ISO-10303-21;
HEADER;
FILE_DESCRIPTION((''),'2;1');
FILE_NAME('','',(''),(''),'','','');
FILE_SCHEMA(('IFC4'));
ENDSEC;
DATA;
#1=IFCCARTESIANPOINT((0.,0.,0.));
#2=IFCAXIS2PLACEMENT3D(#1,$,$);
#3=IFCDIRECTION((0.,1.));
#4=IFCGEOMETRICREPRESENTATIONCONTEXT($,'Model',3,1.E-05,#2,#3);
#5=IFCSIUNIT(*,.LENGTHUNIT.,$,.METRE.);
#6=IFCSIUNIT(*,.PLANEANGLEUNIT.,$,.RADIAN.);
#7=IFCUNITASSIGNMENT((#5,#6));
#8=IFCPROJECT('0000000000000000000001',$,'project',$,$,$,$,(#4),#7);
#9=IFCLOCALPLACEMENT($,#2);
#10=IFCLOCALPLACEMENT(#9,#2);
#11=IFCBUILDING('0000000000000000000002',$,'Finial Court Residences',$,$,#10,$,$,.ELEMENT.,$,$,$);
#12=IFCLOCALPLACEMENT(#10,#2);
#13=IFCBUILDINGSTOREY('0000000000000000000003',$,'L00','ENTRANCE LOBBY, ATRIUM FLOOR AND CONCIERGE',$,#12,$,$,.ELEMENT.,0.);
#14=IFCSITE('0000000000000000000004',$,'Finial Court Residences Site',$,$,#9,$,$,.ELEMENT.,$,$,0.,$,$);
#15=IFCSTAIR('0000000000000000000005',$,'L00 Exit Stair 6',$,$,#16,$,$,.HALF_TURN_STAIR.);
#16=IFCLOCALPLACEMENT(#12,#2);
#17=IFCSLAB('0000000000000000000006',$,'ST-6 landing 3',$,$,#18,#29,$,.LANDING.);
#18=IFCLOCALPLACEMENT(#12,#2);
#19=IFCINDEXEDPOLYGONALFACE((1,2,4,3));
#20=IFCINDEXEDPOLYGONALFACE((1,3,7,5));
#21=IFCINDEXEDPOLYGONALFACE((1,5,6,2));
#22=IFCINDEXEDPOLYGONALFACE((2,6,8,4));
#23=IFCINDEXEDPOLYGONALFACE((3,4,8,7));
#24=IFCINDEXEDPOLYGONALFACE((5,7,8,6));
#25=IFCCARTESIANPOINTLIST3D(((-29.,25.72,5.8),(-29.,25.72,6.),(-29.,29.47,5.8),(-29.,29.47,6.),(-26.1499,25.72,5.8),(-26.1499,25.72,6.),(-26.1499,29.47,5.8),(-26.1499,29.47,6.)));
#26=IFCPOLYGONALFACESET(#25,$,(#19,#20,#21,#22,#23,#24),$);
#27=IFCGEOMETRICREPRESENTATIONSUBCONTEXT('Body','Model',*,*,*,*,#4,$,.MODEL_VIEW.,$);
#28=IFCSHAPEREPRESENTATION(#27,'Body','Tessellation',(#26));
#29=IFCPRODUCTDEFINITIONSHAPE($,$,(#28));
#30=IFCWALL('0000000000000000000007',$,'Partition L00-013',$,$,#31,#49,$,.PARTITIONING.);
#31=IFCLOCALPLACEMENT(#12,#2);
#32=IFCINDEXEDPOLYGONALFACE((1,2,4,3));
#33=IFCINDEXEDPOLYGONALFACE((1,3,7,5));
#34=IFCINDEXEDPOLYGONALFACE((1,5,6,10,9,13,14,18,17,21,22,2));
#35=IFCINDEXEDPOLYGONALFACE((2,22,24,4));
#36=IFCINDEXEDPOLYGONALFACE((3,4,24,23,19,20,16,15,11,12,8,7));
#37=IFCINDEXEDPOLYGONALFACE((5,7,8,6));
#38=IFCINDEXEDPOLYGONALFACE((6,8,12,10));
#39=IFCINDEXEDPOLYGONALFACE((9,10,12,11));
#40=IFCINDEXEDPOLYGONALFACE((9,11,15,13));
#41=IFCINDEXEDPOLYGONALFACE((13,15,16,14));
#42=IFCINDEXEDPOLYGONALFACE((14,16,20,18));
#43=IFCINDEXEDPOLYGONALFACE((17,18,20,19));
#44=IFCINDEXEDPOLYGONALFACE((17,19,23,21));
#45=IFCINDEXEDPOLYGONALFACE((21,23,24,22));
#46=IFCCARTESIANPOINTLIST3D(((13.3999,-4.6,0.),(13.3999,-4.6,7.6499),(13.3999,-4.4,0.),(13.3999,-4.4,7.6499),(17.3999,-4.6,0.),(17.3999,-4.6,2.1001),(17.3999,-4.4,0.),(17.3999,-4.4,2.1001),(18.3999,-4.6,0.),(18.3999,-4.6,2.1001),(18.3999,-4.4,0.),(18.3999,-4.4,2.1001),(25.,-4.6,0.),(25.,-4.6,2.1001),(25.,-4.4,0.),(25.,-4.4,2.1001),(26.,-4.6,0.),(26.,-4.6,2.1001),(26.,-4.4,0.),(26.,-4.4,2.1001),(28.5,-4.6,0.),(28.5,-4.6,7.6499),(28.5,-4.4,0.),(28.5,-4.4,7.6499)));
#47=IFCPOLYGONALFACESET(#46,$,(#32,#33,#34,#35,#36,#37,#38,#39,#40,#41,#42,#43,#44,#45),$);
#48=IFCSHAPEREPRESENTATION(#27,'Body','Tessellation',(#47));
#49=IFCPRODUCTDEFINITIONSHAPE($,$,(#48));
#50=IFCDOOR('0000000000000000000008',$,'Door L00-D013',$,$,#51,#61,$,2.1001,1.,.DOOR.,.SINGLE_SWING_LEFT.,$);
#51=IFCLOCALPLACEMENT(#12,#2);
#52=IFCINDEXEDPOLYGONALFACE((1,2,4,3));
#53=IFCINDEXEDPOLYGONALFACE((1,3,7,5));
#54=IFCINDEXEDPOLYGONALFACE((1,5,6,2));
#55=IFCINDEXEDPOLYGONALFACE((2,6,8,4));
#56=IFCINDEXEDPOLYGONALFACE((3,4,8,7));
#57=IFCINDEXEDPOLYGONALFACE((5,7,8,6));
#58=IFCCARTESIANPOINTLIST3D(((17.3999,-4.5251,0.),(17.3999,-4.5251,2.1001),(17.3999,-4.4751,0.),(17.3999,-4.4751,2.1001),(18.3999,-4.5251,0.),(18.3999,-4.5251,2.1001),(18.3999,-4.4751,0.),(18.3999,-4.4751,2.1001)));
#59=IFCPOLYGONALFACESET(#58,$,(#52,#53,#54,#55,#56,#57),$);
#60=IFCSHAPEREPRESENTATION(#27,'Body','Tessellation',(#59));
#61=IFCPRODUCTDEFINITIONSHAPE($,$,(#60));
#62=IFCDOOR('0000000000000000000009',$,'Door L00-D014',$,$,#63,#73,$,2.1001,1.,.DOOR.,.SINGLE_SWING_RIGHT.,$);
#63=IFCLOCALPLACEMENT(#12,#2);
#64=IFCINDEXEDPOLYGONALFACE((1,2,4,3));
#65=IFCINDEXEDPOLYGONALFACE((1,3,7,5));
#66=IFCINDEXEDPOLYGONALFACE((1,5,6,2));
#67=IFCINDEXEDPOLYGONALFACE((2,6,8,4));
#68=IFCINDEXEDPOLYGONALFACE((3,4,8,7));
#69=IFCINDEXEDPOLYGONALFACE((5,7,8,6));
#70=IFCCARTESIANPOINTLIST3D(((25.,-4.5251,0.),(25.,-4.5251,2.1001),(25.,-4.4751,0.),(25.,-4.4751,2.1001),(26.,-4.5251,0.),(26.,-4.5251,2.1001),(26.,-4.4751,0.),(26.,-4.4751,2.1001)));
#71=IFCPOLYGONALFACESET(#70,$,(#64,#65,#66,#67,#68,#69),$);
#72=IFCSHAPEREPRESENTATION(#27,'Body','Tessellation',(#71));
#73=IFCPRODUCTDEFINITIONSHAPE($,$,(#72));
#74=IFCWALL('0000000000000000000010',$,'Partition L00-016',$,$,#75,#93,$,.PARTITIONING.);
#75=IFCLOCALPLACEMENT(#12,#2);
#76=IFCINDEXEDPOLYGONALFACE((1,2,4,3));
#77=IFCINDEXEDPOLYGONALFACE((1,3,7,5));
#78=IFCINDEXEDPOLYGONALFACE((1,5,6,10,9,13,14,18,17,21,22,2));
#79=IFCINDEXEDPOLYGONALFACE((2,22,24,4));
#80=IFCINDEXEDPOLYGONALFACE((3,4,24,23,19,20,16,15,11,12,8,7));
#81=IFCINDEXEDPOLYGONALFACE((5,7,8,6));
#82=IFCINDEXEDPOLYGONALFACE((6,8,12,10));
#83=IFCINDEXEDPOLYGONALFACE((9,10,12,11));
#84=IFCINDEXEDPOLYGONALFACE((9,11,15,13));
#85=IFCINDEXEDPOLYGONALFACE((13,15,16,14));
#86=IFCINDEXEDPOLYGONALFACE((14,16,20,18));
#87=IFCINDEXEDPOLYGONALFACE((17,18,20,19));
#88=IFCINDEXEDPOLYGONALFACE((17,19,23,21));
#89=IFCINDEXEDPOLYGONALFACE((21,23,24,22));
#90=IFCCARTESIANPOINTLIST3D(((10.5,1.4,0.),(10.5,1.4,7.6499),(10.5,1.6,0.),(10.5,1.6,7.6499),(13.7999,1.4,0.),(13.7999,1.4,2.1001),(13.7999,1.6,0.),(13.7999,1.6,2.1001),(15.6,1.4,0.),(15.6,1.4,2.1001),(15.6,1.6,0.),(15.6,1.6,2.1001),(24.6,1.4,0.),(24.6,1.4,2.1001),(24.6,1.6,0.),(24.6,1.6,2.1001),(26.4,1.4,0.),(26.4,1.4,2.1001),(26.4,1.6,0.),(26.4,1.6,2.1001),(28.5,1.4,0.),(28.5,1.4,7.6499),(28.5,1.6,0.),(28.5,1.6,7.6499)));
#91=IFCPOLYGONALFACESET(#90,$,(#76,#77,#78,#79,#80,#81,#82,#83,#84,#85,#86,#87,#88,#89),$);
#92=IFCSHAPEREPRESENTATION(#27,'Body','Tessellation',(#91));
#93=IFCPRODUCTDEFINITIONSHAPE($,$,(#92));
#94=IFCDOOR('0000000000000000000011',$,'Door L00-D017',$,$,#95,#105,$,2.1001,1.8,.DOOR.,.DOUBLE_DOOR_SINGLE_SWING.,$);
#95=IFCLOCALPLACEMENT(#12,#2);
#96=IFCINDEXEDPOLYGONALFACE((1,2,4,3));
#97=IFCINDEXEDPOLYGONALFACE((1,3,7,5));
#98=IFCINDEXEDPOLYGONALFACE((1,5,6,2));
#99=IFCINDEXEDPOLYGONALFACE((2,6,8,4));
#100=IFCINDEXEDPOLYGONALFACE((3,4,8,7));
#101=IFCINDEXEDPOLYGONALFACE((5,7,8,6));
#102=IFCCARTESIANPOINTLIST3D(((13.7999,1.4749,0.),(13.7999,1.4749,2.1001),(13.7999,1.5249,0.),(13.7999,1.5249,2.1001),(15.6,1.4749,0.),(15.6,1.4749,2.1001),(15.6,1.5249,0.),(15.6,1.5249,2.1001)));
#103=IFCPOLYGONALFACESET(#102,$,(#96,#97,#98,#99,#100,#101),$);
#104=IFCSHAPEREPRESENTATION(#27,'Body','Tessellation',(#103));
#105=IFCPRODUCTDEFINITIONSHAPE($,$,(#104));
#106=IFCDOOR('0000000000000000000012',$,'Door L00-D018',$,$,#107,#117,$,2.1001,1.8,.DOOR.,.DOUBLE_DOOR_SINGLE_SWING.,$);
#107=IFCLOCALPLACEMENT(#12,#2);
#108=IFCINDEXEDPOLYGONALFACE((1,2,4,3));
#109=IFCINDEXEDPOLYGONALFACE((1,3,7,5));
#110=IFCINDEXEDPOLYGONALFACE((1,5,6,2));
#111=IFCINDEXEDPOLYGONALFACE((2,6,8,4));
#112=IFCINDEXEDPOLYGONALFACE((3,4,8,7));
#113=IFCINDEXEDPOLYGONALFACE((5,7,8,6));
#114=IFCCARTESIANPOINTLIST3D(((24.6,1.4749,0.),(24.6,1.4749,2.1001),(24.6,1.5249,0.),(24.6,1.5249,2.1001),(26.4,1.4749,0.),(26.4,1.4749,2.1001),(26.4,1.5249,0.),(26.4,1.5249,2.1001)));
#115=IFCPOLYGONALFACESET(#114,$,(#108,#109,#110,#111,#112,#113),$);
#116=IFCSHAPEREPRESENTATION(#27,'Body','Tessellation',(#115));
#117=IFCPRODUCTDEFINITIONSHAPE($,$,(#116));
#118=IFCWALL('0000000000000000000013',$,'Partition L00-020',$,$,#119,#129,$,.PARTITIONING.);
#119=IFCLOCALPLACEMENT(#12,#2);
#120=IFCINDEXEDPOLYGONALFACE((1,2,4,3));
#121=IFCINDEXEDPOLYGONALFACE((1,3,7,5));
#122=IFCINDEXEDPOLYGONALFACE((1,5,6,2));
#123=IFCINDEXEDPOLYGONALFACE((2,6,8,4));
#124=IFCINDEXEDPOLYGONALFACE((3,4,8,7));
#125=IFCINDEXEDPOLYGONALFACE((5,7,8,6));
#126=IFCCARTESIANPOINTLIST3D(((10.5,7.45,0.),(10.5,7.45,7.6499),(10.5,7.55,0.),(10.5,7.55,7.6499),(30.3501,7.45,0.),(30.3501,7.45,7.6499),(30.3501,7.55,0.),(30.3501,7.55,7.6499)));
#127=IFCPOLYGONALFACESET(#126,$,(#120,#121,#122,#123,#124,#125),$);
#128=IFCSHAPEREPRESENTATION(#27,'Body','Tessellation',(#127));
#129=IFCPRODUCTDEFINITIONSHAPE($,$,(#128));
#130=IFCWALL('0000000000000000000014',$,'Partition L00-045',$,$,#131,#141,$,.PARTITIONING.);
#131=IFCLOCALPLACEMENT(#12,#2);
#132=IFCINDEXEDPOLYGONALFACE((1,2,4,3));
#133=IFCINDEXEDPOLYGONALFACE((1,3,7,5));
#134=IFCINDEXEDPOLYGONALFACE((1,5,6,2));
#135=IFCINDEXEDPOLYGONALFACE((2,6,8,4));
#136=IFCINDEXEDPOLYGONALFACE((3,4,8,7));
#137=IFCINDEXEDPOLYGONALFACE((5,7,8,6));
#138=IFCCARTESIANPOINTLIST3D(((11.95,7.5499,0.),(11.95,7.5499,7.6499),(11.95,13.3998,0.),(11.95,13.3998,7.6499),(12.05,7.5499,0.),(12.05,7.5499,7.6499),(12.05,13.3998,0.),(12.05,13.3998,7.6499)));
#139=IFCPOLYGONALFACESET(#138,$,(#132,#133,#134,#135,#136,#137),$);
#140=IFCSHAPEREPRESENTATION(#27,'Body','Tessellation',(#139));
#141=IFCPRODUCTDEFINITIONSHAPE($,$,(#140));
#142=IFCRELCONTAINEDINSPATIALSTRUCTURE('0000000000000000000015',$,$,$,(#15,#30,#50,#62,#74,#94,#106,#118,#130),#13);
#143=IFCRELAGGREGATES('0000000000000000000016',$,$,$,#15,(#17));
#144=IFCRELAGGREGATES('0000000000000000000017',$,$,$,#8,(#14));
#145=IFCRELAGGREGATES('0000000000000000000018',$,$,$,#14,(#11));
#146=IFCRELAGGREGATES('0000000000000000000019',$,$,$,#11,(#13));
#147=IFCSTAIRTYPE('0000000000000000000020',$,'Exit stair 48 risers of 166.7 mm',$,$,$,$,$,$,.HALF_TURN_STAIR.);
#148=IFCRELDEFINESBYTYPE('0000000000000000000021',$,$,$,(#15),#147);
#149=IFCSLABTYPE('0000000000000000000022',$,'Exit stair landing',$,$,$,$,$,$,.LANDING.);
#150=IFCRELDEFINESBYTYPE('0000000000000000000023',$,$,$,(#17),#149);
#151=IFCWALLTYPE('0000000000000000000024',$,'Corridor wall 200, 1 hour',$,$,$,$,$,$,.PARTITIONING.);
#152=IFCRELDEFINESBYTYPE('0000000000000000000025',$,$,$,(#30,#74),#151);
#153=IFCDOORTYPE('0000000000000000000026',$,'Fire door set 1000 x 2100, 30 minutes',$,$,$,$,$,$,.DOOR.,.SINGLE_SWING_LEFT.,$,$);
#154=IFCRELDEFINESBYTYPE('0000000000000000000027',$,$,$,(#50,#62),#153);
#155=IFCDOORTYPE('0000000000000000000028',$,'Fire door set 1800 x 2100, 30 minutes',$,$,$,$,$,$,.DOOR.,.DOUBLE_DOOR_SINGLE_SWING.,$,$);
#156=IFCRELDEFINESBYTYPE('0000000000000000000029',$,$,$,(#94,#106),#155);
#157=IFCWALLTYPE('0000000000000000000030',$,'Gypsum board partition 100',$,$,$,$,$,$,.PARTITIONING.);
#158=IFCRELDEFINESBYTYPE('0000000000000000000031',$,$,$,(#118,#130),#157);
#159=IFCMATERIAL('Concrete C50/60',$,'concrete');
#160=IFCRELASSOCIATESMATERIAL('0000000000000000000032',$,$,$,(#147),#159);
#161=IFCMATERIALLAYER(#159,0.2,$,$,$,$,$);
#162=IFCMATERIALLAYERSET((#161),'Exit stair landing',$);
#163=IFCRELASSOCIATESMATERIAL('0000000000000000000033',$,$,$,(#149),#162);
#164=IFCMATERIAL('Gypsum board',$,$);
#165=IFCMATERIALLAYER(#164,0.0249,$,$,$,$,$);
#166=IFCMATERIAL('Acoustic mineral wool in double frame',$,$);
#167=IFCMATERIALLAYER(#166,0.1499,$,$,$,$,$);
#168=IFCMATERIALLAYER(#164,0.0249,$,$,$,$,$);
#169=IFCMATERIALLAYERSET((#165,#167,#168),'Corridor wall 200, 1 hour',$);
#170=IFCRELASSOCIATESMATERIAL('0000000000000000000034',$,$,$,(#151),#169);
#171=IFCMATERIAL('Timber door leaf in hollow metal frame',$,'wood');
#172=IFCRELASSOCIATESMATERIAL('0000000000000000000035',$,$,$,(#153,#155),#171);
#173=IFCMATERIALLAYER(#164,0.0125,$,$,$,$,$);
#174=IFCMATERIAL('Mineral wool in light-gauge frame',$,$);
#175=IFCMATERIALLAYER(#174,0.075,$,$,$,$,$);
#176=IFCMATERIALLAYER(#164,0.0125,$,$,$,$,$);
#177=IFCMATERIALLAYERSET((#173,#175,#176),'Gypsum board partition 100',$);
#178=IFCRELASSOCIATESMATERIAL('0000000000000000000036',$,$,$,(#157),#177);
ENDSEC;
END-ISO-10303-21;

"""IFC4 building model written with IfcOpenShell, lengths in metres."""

from ifc_helpers import new_model, si_unit, direction, frame, frame_2d, origin, place, context, subcontext, project, spatial, polyline, rectangle, outline, extrude, material, layer, layer_set, type_object, element, fill, aggregate, save


model = new_model("IFC4")

# Units and contexts
model_context = context("Model", 3, precision=1e-05, world=origin(), true_north=direction((0.0, 1.0)))
body_context = subcontext(model_context, "Body", "Model", "MODEL_VIEW")
ifc_project = project(units=[si_unit("LENGTHUNIT", "METRE"), si_unit("PLANEANGLEUNIT", "RADIAN")], contexts=[model_context])

# Site, building, storey
site_placement = place(None, origin())
site = spatial("IfcSite", under=ifc_project, at=site_placement, Name="Finial Court Residences Site", CompositionType="ELEMENT", RefElevation=0.0)
building_placement = place(site_placement, origin())
building = spatial("IfcBuilding", under=site, at=building_placement, Name="Finial Court Residences", CompositionType="ELEMENT")
storey_placement = place(building_placement, origin())
storey = spatial("IfcBuildingStorey", under=building, at=storey_placement, Name="L00", Description="ENTRANCE LOBBY, ATRIUM FLOOR AND CONCIERGE", CompositionType="ELEMENT", Elevation=0.0)

# Stair, slab
ifc_material_1 = material(Name="Concrete C50/60", Category="concrete")
stair_type = type_object("IfcStairType", Name="Exit stair 48 risers of 166.7 mm", PredefinedType="HALF_TURN_STAIR", material=ifc_material_1)
ifc_layer_1 = layer(ifc_material_1, 0.2)
ifc_layer_set_1 = layer_set([ifc_layer_1], Name="Exit stair landing")
slab_type = type_object("IfcSlabType", Name="Exit stair landing", PredefinedType="LANDING", material=ifc_layer_set_1)
stair_1_placement = place(storey_placement, origin())
stair_1 = element("IfcStair", 1, at=stair_1_placement, inside=storey, type_object=stair_type, Name="L00 Exit Stair 6", PredefinedType="HALF_TURN_STAIR")
slab_1_placement = place(storey_placement, frame((0.0, 0.0, 5.8)))
slab_1 = element("IfcSlab", 2, at=slab_1_placement, type_object=slab_type, Name="ST-6 landing 3", PredefinedType="LANDING", context=body_context, shape_type="SweptSolid", body=[
    extrude(outline(polyline([(-29.0, 29.47), (-29.0, 25.72), (-26.1499, 25.72), (-26.1499, 29.47), (-29.0, 29.47)])), origin(), (0.0, 0.0, 1.0), 0.2),
])
aggregate(stair_1, [slab_1])

# Walls, openings, doors
ifc_material_2 = material(Name="Gypsum board")
ifc_layer_2 = layer(ifc_material_2, 0.0249)
ifc_material_3 = material(Name="Acoustic mineral wool in double frame")
ifc_layer_3 = layer(ifc_material_3, 0.1499)
ifc_layer_4 = layer(ifc_material_2, 0.0249)
ifc_layer_set_2 = layer_set([ifc_layer_2, ifc_layer_3, ifc_layer_4], Name="Corridor wall 200, 1 hour")
wall_type_1 = type_object("IfcWallType", Name="Corridor wall 200, 1 hour", PredefinedType="PARTITIONING", material=ifc_layer_set_2)
wall_1_placement = place(storey_placement, frame((13.3999, -4.5, 0.0), z_axis=(0.0, 0.0, 1.0), x_axis=(1.0, 0.0, 0.0)))
wall_1 = element("IfcWall", 3, at=wall_1_placement, inside=storey, type_object=wall_type_1, Name="Partition L00-013", PredefinedType="PARTITIONING", context=body_context, shape_type="SweptSolid", body=[
    extrude(rectangle(XDim=15.1001, YDim=0.2, at=frame_2d((7.55, 0.0))), origin(), (0.0, 0.0, 1.0), 7.6499),
])
opening_1_placement = place(wall_1_placement, frame((4.0, 0.0, 0.0)))
opening_1 = element("IfcOpeningElement", 4, at=opening_1_placement, cuts=wall_1, PredefinedType="OPENING", context=body_context, shape_type="SweptSolid", body=[
    extrude(rectangle(XDim=1.0, YDim=2.1001, at=frame_2d((0.5, 1.05))), frame((0.0, 0.1099, 0.0), z_axis=(0.0, -1.0, 0.0), x_axis=(1.0, 0.0, 0.0)), (0.0, 0.0, 1.0), 0.22),
])
opening_2_placement = place(wall_1_placement, frame((11.6001, 0.0, 0.0)))
opening_2 = element("IfcOpeningElement", 5, at=opening_2_placement, cuts=wall_1, PredefinedType="OPENING", context=body_context, shape_type="SweptSolid", body=[
    extrude(rectangle(XDim=1.0, YDim=2.1001, at=frame_2d((0.5, 1.05))), frame((0.0, 0.1099, 0.0), z_axis=(0.0, -1.0, 0.0), x_axis=(1.0, 0.0, 0.0)), (0.0, 0.0, 1.0), 0.22),
])
ifc_material_4 = material(Name="Timber door leaf in hollow metal frame", Category="wood")
door_type_1 = type_object("IfcDoorType", Name="Fire door set 1000 x 2100, 30 minutes", OperationType="SINGLE_SWING_LEFT", PredefinedType="DOOR", material=ifc_material_4)
door_1_placement = place(opening_1_placement, origin())
door_1 = element("IfcDoor", 6, at=door_1_placement, inside=storey, type_object=door_type_1, Name="Door L00-D013", OperationType="SINGLE_SWING_LEFT", OverallHeight=2.1001, OverallWidth=1.0, PredefinedType="DOOR", context=body_context, shape_type="SweptSolid", body=[
    extrude(rectangle(XDim=1.0, YDim=2.1001, at=frame_2d((0.5, 1.05))), frame((0.0, 0.0249, 0.0), z_axis=(0.0, -1.0, 0.0), x_axis=(1.0, 0.0, 0.0)), (0.0, 0.0, 1.0), 0.05),
])
fill(opening_1, door_1)
door_2_placement = place(opening_2_placement, origin())
door_2 = element("IfcDoor", 7, at=door_2_placement, inside=storey, type_object=door_type_1, Name="Door L00-D014", OperationType="SINGLE_SWING_RIGHT", OverallHeight=2.1001, OverallWidth=1.0, PredefinedType="DOOR", context=body_context, shape_type="SweptSolid", body=[
    extrude(rectangle(XDim=1.0, YDim=2.1001, at=frame_2d((0.5, 1.05))), frame((0.0, 0.0249, 0.0), z_axis=(0.0, -1.0, 0.0), x_axis=(1.0, 0.0, 0.0)), (0.0, 0.0, 1.0), 0.05),
])
fill(opening_2, door_2)
wall_2_placement = place(storey_placement, frame((10.5, 1.5, 0.0), z_axis=(0.0, 0.0, 1.0), x_axis=(1.0, 0.0, 0.0)))
wall_2 = element("IfcWall", 8, at=wall_2_placement, inside=storey, type_object=wall_type_1, Name="Partition L00-016", PredefinedType="PARTITIONING", context=body_context, shape_type="SweptSolid", body=[
    extrude(rectangle(XDim=18.0, YDim=0.2, at=frame_2d((9.0, 0.0))), origin(), (0.0, 0.0, 1.0), 7.6499),
])
opening_3_placement = place(wall_2_placement, frame((3.3, 0.0, 0.0)))
opening_3 = element("IfcOpeningElement", 9, at=opening_3_placement, cuts=wall_2, PredefinedType="OPENING", context=body_context, shape_type="SweptSolid", body=[
    extrude(rectangle(XDim=1.8, YDim=2.1001, at=frame_2d((0.8999, 1.05))), frame((0.0, 0.1099, 0.0), z_axis=(0.0, -1.0, 0.0), x_axis=(1.0, 0.0, 0.0)), (0.0, 0.0, 1.0), 0.22),
])
opening_4_placement = place(wall_2_placement, frame((14.1001, 0.0, 0.0)))
opening_4 = element("IfcOpeningElement", 10, at=opening_4_placement, cuts=wall_2, PredefinedType="OPENING", context=body_context, shape_type="SweptSolid", body=[
    extrude(rectangle(XDim=1.8, YDim=2.1001, at=frame_2d((0.8999, 1.05))), frame((0.0, 0.1099, 0.0), z_axis=(0.0, -1.0, 0.0), x_axis=(1.0, 0.0, 0.0)), (0.0, 0.0, 1.0), 0.22),
])
door_type_2 = type_object("IfcDoorType", Name="Fire door set 1800 x 2100, 30 minutes", OperationType="DOUBLE_DOOR_SINGLE_SWING", PredefinedType="DOOR", material=ifc_material_4)
door_3_placement = place(opening_3_placement, origin())
door_3 = element("IfcDoor", 11, at=door_3_placement, inside=storey, type_object=door_type_2, Name="Door L00-D017", OperationType="DOUBLE_DOOR_SINGLE_SWING", OverallHeight=2.1001, OverallWidth=1.8, PredefinedType="DOOR", context=body_context, shape_type="SweptSolid", body=[
    extrude(rectangle(XDim=1.8, YDim=2.1001, at=frame_2d((0.8999, 1.05))), frame((0.0, 0.0249, 0.0), z_axis=(0.0, -1.0, 0.0), x_axis=(1.0, 0.0, 0.0)), (0.0, 0.0, 1.0), 0.05),
])
fill(opening_3, door_3)
door_4_placement = place(opening_4_placement, origin())
door_4 = element("IfcDoor", 12, at=door_4_placement, inside=storey, type_object=door_type_2, Name="Door L00-D018", OperationType="DOUBLE_DOOR_SINGLE_SWING", OverallHeight=2.1001, OverallWidth=1.8, PredefinedType="DOOR", context=body_context, shape_type="SweptSolid", body=[
    extrude(rectangle(XDim=1.8, YDim=2.1001, at=frame_2d((0.8999, 1.05))), frame((0.0, 0.0249, 0.0), z_axis=(0.0, -1.0, 0.0), x_axis=(1.0, 0.0, 0.0)), (0.0, 0.0, 1.0), 0.05),
])
fill(opening_4, door_4)

# Walls
ifc_layer_5 = layer(ifc_material_2, 0.0125)
ifc_material_5 = material(Name="Mineral wool in light-gauge frame")
ifc_layer_6 = layer(ifc_material_5, 0.075)
ifc_layer_7 = layer(ifc_material_2, 0.0125)
ifc_layer_set_3 = layer_set([ifc_layer_5, ifc_layer_6, ifc_layer_7], Name="Gypsum board partition 100")
wall_type_2 = type_object("IfcWallType", Name="Gypsum board partition 100", PredefinedType="PARTITIONING", material=ifc_layer_set_3)
wall_3_placement = place(storey_placement, frame((10.5, 7.5, 0.0), z_axis=(0.0, 0.0, 1.0), x_axis=(1.0, 0.0, 0.0)))
element("IfcWall", 13, at=wall_3_placement, inside=storey, type_object=wall_type_2, Name="Partition L00-020", PredefinedType="PARTITIONING", context=body_context, shape_type="SweptSolid", body=[
    extrude(rectangle(XDim=19.8501, YDim=0.1001, at=frame_2d((9.925, 0.0))), origin(), (0.0, 0.0, 1.0), 7.6499),
])
wall_4_placement = place(storey_placement, frame((12.0, 7.55, 0.0), z_axis=(0.0, 0.0, 1.0), x_axis=(0.0, 1.0, 0.0)))
element("IfcWall", 14, at=wall_4_placement, inside=storey, type_object=wall_type_2, Name="Partition L00-045", PredefinedType="PARTITIONING", context=body_context, shape_type="SweptSolid", body=[
    extrude(rectangle(XDim=5.8499, YDim=0.1001, at=frame_2d((2.9248, 0.0))), origin(), (0.0, 0.0, 1.0), 7.6499),
])

save(model, "model.ifc")
